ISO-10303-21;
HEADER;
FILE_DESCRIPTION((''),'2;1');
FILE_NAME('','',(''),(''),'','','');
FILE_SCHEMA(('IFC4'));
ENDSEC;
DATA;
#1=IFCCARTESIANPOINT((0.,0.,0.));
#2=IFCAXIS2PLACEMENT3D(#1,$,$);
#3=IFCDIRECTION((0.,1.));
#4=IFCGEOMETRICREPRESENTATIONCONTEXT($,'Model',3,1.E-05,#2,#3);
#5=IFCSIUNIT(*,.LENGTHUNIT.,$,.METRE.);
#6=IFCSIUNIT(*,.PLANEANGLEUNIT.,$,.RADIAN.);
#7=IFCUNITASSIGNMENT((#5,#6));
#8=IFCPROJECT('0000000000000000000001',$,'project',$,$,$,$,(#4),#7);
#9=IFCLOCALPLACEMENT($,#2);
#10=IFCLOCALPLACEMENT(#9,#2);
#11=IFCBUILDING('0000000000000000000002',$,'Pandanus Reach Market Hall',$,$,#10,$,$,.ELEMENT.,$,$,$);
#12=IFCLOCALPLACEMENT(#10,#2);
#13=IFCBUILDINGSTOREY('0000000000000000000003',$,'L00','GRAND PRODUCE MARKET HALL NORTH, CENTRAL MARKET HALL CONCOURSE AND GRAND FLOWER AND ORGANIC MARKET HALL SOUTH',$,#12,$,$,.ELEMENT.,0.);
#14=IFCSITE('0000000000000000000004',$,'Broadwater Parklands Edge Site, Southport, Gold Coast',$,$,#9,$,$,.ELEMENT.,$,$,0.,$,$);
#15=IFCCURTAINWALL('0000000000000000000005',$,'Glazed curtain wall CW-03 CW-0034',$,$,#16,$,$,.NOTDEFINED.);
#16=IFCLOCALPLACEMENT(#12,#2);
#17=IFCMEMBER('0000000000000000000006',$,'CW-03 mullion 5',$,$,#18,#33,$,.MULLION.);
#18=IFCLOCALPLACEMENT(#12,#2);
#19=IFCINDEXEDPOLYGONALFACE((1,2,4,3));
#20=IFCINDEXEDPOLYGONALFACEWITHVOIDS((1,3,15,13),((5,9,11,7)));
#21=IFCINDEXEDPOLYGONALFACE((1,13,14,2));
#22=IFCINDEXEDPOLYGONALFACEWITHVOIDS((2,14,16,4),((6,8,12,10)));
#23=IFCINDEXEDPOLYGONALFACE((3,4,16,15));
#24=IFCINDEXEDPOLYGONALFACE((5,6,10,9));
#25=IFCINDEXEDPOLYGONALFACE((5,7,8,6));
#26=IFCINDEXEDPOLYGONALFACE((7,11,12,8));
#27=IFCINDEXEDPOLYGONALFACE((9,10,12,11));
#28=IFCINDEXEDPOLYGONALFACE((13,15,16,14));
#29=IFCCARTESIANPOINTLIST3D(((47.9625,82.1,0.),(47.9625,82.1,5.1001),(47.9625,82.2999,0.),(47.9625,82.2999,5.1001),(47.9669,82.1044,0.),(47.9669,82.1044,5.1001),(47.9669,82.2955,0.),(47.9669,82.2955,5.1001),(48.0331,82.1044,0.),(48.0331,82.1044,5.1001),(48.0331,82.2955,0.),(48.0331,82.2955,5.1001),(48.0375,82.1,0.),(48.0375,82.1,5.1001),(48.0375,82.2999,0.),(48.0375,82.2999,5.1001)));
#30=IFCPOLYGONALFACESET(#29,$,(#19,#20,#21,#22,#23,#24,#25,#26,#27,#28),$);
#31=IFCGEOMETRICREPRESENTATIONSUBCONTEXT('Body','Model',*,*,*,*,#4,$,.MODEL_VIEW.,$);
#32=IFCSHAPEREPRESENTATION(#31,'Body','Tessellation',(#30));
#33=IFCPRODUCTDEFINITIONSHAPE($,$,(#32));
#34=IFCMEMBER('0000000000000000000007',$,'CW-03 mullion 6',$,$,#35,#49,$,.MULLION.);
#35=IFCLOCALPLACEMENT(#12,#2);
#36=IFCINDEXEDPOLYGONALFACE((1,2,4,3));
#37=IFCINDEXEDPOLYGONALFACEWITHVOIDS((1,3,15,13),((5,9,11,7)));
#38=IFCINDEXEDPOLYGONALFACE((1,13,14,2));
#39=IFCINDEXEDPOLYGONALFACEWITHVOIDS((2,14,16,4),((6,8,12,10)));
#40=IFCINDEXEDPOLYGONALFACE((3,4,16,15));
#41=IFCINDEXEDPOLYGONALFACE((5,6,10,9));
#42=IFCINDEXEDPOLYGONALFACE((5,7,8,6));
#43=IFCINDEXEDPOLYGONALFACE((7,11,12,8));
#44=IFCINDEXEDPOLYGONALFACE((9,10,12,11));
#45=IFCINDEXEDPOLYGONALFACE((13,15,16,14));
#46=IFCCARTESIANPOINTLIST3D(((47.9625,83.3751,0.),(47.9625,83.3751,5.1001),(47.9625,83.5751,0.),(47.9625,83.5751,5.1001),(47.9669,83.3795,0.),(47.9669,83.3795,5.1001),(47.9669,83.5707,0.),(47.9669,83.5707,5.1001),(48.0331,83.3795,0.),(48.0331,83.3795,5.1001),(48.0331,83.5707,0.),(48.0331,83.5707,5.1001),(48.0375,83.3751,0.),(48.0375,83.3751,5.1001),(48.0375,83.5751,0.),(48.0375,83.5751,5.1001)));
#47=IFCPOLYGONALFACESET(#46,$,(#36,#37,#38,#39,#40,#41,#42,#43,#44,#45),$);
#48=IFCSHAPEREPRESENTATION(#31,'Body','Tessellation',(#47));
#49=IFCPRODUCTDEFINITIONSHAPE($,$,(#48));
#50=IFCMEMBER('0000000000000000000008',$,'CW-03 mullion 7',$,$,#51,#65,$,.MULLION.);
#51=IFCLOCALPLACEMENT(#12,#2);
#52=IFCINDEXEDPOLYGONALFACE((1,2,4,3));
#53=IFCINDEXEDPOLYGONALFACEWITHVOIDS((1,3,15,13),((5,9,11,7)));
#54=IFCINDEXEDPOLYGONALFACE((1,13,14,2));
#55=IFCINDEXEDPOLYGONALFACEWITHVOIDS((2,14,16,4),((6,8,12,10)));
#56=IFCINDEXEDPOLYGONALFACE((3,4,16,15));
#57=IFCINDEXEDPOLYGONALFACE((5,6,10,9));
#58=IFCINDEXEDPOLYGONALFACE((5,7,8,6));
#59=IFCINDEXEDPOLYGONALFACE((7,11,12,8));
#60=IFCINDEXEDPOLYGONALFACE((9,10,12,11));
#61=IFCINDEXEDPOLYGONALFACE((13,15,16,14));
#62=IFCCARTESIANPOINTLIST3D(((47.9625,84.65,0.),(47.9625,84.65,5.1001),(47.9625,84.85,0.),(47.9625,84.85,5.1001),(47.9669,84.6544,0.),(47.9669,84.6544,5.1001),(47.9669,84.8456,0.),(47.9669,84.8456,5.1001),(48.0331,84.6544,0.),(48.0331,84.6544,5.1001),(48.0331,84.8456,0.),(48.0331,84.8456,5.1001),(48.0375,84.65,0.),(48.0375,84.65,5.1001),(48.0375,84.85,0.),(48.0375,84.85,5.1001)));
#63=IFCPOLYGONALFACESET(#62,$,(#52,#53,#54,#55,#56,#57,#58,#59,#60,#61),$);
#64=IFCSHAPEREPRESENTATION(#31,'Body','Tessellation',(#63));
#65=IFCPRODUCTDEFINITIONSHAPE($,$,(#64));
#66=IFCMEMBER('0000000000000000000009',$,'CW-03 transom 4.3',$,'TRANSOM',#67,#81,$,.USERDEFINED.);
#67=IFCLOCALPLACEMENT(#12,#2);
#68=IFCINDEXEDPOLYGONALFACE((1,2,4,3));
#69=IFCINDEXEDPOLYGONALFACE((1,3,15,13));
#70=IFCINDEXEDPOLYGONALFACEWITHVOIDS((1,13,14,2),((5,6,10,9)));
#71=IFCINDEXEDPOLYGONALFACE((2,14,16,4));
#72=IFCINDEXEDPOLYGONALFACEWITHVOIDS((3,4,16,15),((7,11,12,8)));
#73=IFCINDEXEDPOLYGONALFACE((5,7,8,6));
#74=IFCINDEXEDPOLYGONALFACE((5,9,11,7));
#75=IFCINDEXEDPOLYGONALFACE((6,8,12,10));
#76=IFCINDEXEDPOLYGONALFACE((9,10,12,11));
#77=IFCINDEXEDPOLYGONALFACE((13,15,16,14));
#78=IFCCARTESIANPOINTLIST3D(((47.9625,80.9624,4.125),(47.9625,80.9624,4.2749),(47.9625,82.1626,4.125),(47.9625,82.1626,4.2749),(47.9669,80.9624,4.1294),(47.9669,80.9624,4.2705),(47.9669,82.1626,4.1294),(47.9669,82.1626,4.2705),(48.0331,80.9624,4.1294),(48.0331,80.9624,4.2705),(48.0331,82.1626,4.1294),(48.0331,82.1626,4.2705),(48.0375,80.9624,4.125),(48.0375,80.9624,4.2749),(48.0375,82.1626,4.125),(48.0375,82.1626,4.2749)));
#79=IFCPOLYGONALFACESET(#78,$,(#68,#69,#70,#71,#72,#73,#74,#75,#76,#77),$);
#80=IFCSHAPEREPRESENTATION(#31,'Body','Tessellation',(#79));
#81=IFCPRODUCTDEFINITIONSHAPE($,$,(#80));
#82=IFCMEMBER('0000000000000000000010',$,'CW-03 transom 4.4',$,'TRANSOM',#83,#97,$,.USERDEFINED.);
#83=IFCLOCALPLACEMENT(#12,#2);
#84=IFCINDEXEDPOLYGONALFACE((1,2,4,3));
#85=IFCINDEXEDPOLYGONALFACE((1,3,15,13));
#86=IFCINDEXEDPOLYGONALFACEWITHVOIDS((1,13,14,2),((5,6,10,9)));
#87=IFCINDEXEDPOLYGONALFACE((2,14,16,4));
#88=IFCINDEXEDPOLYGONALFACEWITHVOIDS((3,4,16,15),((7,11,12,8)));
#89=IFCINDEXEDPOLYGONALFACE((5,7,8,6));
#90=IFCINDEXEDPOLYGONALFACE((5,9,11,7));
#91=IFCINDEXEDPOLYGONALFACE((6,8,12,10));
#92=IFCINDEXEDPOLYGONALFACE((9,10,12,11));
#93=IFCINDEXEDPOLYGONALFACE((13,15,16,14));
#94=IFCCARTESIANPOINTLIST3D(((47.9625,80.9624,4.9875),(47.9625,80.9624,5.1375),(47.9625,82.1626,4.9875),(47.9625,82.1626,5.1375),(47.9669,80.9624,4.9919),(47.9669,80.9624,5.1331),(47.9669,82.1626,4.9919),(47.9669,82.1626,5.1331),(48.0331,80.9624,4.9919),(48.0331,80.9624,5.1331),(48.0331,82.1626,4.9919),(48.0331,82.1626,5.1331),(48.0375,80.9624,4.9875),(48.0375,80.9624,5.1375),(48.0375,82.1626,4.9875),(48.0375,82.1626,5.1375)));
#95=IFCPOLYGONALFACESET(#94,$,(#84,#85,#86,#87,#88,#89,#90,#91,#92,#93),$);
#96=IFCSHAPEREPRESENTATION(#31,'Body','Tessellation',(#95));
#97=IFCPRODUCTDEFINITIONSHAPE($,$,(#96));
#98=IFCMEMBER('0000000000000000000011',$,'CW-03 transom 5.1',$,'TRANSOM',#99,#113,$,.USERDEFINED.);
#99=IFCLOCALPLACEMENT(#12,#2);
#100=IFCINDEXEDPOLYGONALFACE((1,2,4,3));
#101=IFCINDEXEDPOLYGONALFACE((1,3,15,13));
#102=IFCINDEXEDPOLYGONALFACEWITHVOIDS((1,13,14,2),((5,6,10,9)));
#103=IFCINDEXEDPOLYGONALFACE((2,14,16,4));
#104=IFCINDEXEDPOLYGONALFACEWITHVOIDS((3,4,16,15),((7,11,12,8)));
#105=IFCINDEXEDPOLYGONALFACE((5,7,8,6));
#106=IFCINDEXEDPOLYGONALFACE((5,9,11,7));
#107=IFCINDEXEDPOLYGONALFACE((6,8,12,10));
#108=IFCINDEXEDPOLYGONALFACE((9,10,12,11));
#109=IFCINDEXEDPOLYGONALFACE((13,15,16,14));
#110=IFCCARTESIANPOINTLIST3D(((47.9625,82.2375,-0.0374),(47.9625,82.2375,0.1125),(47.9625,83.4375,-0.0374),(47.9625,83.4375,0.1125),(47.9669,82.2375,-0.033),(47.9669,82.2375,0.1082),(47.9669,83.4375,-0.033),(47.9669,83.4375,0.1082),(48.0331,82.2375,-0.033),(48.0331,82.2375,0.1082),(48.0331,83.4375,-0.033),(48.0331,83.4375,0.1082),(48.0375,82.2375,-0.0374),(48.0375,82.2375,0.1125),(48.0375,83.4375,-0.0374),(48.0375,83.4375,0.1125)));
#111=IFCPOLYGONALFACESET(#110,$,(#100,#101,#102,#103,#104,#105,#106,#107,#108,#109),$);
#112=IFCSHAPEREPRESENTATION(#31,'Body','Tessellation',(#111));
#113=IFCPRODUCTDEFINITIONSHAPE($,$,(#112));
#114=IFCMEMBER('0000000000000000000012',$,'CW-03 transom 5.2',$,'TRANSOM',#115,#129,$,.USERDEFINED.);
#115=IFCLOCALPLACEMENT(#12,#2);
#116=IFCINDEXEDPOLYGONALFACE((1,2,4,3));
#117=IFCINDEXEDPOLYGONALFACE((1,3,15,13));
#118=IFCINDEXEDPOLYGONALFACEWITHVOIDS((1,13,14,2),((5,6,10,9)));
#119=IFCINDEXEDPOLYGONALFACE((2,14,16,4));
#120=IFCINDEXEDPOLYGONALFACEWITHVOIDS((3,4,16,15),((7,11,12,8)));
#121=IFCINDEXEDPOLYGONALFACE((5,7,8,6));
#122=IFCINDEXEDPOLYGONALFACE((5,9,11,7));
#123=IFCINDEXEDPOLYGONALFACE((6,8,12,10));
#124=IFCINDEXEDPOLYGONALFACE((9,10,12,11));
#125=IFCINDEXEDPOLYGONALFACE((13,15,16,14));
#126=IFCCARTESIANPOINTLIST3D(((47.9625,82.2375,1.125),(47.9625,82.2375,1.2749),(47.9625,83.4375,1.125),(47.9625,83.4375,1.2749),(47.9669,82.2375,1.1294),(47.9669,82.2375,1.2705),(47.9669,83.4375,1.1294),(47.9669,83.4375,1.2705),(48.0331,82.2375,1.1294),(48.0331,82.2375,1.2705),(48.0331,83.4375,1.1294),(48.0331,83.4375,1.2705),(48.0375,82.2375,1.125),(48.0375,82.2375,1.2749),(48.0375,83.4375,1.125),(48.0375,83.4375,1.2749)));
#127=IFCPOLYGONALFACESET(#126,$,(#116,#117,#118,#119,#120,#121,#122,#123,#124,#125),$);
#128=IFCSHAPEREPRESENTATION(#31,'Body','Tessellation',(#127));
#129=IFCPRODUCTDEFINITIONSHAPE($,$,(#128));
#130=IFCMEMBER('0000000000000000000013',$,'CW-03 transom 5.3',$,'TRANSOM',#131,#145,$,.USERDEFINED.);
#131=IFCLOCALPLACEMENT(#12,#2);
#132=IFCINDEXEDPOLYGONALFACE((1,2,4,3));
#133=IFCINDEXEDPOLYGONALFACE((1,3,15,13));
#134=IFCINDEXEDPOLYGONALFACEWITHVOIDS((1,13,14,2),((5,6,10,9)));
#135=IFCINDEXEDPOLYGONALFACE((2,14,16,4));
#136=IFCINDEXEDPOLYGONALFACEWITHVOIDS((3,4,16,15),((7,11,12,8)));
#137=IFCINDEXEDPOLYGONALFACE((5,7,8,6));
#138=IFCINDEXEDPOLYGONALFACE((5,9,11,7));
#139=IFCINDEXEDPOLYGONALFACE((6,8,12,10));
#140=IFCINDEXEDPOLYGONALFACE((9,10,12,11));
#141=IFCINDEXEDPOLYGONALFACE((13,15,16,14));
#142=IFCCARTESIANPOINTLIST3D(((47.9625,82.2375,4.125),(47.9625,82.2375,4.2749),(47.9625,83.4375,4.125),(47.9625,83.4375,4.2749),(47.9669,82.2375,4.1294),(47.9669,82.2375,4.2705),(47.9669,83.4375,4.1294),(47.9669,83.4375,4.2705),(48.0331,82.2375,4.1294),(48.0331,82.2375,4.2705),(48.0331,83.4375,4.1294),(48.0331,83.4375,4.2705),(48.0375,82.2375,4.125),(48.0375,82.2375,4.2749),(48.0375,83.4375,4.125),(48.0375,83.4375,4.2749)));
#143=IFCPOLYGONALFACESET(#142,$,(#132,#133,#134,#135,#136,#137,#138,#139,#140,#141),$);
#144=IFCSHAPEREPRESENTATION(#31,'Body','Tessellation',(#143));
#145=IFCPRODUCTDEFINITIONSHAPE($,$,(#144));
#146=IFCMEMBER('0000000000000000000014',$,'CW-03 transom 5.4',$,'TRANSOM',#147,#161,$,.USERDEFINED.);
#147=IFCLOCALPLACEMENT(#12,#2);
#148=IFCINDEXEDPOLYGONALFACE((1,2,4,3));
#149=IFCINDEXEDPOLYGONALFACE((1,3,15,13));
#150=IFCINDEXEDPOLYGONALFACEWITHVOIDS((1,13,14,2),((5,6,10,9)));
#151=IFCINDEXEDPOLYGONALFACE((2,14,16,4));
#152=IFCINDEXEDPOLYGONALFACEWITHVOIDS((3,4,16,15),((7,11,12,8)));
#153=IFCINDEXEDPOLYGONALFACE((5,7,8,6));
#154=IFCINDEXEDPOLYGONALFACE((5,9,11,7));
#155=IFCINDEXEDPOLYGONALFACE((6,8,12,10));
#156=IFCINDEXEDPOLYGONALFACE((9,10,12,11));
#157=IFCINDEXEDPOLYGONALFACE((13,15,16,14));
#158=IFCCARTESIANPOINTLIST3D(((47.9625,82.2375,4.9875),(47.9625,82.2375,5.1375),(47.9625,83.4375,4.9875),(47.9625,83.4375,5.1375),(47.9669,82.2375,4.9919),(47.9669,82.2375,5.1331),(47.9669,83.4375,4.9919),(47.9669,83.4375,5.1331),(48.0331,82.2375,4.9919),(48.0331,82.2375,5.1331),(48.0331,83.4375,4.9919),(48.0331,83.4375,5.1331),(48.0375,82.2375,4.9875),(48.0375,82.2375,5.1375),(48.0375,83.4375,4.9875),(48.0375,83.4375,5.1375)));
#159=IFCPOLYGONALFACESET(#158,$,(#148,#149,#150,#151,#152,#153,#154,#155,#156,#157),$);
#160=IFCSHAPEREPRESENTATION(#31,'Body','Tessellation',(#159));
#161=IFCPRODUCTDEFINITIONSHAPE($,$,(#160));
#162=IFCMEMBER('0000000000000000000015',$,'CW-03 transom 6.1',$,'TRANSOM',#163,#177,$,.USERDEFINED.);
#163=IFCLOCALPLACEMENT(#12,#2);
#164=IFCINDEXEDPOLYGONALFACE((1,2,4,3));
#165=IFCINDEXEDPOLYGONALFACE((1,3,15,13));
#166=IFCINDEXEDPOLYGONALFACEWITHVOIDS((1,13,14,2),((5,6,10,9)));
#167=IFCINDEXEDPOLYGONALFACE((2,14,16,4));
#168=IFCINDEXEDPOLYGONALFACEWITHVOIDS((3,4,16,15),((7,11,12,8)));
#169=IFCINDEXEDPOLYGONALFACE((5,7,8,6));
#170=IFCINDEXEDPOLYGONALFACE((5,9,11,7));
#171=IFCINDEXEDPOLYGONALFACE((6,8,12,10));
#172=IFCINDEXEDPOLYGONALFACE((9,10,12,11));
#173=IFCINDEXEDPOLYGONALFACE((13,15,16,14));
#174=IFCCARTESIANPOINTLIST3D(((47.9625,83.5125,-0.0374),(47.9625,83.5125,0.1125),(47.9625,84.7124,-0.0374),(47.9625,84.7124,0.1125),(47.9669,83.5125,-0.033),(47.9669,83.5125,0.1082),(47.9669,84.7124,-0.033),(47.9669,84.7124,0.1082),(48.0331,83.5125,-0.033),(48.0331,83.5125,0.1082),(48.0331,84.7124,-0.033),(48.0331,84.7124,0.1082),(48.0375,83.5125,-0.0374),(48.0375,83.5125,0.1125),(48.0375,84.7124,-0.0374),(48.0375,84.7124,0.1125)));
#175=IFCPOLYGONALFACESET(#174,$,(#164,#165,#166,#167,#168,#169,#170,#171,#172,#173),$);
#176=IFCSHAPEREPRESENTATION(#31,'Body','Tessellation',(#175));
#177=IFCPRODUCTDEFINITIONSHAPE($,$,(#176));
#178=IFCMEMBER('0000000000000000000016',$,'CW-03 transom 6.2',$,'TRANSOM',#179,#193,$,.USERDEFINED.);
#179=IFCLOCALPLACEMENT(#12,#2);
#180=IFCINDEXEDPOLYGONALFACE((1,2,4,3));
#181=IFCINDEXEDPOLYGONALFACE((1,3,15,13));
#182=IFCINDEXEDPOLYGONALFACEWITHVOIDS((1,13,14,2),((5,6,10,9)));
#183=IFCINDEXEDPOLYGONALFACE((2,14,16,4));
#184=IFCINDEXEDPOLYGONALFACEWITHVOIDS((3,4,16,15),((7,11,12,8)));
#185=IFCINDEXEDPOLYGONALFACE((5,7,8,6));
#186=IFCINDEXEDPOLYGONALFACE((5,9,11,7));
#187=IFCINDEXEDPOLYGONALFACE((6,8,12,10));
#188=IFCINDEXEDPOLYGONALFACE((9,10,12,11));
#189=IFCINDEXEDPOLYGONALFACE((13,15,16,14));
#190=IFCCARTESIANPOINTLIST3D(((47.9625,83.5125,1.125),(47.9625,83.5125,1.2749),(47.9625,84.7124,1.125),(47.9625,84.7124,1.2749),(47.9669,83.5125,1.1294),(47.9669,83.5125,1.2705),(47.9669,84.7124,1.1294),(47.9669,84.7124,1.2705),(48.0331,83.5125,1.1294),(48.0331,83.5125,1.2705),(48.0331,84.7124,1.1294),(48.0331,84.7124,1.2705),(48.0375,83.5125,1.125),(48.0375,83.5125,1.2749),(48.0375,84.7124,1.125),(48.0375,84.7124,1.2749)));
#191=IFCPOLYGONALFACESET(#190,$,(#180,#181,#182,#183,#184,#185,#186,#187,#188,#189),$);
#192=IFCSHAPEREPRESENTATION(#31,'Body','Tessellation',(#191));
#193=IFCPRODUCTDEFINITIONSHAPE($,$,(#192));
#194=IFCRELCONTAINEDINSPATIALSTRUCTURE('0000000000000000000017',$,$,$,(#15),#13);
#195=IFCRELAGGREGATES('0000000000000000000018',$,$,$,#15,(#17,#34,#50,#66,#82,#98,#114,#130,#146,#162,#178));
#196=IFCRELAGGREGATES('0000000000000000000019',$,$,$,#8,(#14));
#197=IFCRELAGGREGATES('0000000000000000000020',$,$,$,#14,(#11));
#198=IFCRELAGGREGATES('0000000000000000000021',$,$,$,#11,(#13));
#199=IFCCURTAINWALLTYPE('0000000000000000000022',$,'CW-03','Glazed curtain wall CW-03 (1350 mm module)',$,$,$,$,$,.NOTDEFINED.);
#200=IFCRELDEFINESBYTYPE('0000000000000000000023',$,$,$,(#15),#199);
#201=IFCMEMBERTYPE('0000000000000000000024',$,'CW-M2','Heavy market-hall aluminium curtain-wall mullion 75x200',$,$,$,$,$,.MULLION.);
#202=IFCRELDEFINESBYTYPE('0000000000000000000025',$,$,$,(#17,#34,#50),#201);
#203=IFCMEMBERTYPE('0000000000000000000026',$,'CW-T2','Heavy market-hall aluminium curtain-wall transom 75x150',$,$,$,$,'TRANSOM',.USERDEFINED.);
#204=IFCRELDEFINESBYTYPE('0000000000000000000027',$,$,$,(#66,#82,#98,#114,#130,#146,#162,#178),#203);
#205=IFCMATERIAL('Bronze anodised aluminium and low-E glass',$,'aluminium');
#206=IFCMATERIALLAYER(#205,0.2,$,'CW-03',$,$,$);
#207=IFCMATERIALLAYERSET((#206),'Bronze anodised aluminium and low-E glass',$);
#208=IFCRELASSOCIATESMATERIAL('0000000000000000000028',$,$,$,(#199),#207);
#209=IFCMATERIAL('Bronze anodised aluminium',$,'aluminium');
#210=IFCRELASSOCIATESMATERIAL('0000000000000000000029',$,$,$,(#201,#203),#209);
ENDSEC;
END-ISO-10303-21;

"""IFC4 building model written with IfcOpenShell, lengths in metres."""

from ifc_helpers import new_model, si_unit, direction, frame, origin, origin_2d, place, context, subcontext, project, spatial, hollow_rectangle, extrude, material, layer, layer_set, material_profile, profile_set, type_object, element, aggregate, save


model = new_model("IFC4")

# Units and contexts
model_context = context("Model", 3, precision=1e-05, world=origin(), true_north=direction((0.0, 1.0)))
body_context = subcontext(model_context, "Body", "Model", "MODEL_VIEW")
ifc_project = project(units=[si_unit("LENGTHUNIT", "METRE"), si_unit("PLANEANGLEUNIT", "RADIAN")], contexts=[model_context])

# Site, building, storey
site_placement = place(None, origin())
site = spatial("IfcSite", under=ifc_project, at=site_placement, Name="Broadwater Parklands Edge Site, Southport, Gold Coast", CompositionType="ELEMENT", RefElevation=0.0)
building_placement = place(site_placement, origin())
building = spatial("IfcBuilding", under=site, at=building_placement, Name="Pandanus Reach Market Hall", CompositionType="ELEMENT")
storey_placement = place(building_placement, origin())
storey = spatial("IfcBuildingStorey", under=building, at=storey_placement, Name="L00", Description="GRAND PRODUCE MARKET HALL NORTH, CENTRAL MARKET HALL CONCOURSE AND GRAND FLOWER AND ORGANIC MARKET HALL SOUTH", CompositionType="ELEMENT", Elevation=0.0)

# Curtain wall, members
ifc_material_1 = material(Name="Bronze anodised aluminium and low-E glass", Category="aluminium")
ifc_layer_1 = layer(ifc_material_1, 0.2, Name="CW-03")
ifc_layer_set_1 = layer_set([ifc_layer_1], Name="Bronze anodised aluminium and low-E glass")
curtain_wall_type = type_object("IfcCurtainWallType", Name="CW-03", Description="Glazed curtain wall CW-03 (1350 mm module)", PredefinedType="NOTDEFINED", material=ifc_layer_set_1)
curtain_wall_placement = place(storey_placement, origin())
curtain_wall = element("IfcCurtainWall", 1, at=curtain_wall_placement, inside=storey, type_object=curtain_wall_type, Name="Glazed curtain wall CW-03 CW-0034", PredefinedType="NOTDEFINED")
ifc_material_2 = material(Name="Bronze anodised aluminium", Category="aluminium")
ifc_material_profile_1 = material_profile(ifc_material_2, hollow_rectangle(XDim=0.075, YDim=0.2, WallThickness=0.0044, at=origin_2d()), Name="ALU75x200", Category="LoadBearing")
ifc_profile_set_1 = profile_set([ifc_material_profile_1], Name="Bronze anodised aluminium")
member_type_1 = type_object("IfcMemberType", Name="CW-M2", Description="Heavy market-hall aluminium curtain-wall mullion 75x200", PredefinedType="MULLION", material=ifc_profile_set_1)
member_1_placement = place(storey_placement, frame((48.0, 82.2, 0.0), z_axis=(0.0, 0.0, 1.0), x_axis=(-1.0, 0.0, 0.0)))
member_1 = element("IfcMember", 2, at=member_1_placement, type_object=member_type_1, Name="CW-03 mullion 5", PredefinedType="MULLION", context=body_context, shape_type="SweptSolid", body=[
    extrude(hollow_rectangle(XDim=0.075, YDim=0.2, WallThickness=0.0044, at=origin_2d()), origin(), (0.0, 0.0, 1.0), 5.1001),
])
member_2_placement = place(storey_placement, frame((48.0, 83.4751, 0.0), z_axis=(0.0, 0.0, 1.0), x_axis=(-1.0, 0.0, 0.0)))
member_2 = element("IfcMember", 3, at=member_2_placement, type_object=member_type_1, Name="CW-03 mullion 6", PredefinedType="MULLION", context=body_context, shape_type="SweptSolid", body=[
    extrude(hollow_rectangle(XDim=0.075, YDim=0.2, WallThickness=0.0044, at=origin_2d()), origin(), (0.0, 0.0, 1.0), 5.1001),
])
member_3_placement = place(storey_placement, frame((48.0, 84.75, 0.0), z_axis=(0.0, 0.0, 1.0), x_axis=(-1.0, 0.0, 0.0)))
member_3 = element("IfcMember", 4, at=member_3_placement, type_object=member_type_1, Name="CW-03 mullion 7", PredefinedType="MULLION", context=body_context, shape_type="SweptSolid", body=[
    extrude(hollow_rectangle(XDim=0.075, YDim=0.2, WallThickness=0.0044, at=origin_2d()), origin(), (0.0, 0.0, 1.0), 5.1001),
])
ifc_material_profile_2 = material_profile(ifc_material_2, hollow_rectangle(XDim=0.075, YDim=0.1499, WallThickness=0.0044, at=origin_2d()), Name="ALU75x150", Category="LoadBearing")
ifc_profile_set_2 = profile_set([ifc_material_profile_2], Name="Bronze anodised aluminium")
member_type_2 = type_object("IfcMemberType", Name="CW-T2", Description="Heavy market-hall aluminium curtain-wall transom 75x150", ElementType="TRANSOM", PredefinedType="USERDEFINED", material=ifc_profile_set_2)
member_4_placement = place(storey_placement, frame((48.0, 80.9624, 4.2), z_axis=(0.0, 1.0, 0.0), x_axis=(-1.0, 0.0, 0.0)))
member_4 = element("IfcMember", 5, at=member_4_placement, type_object=member_type_2, Name="CW-03 transom 4.3", ObjectType="TRANSOM", PredefinedType="USERDEFINED", context=body_context, shape_type="SweptSolid", body=[
    extrude(hollow_rectangle(XDim=0.075, YDim=0.1499, WallThickness=0.0044, at=origin_2d()), origin(), (0.0, 0.0, 1.0), 1.2002),
])
member_5_placement = place(storey_placement, frame((48.0, 80.9624, 5.0625), z_axis=(0.0, 1.0, 0.0), x_axis=(-1.0, 0.0, 0.0)))
member_5 = element("IfcMember", 6, at=member_5_placement, type_object=member_type_2, Name="CW-03 transom 4.4", ObjectType="TRANSOM", PredefinedType="USERDEFINED", context=body_context, shape_type="SweptSolid", body=[
    extrude(hollow_rectangle(XDim=0.075, YDim=0.1499, WallThickness=0.0044, at=origin_2d()), origin(), (0.0, 0.0, 1.0), 1.2002),
])
member_6_placement = place(storey_placement, frame((48.0, 82.2375, 0.0376), z_axis=(0.0, 1.0, 0.0), x_axis=(-1.0, 0.0, 0.0)))
member_6 = element("IfcMember", 7, at=member_6_placement, type_object=member_type_2, Name="CW-03 transom 5.1", ObjectType="TRANSOM", PredefinedType="USERDEFINED", context=body_context, shape_type="SweptSolid", body=[
    extrude(hollow_rectangle(XDim=0.075, YDim=0.1499, WallThickness=0.0044, at=origin_2d()), origin(), (0.0, 0.0, 1.0), 1.2),
])
member_7_placement = place(storey_placement, frame((48.0, 82.2375, 1.2), z_axis=(0.0, 1.0, 0.0), x_axis=(-1.0, 0.0, 0.0)))
member_7 = element("IfcMember", 8, at=member_7_placement, type_object=member_type_2, Name="CW-03 transom 5.2", ObjectType="TRANSOM", PredefinedType="USERDEFINED", context=body_context, shape_type="SweptSolid", body=[
    extrude(hollow_rectangle(XDim=0.075, YDim=0.1499, WallThickness=0.0044, at=origin_2d()), origin(), (0.0, 0.0, 1.0), 1.2),
])
member_8_placement = place(storey_placement, frame((48.0, 82.2375, 4.2), z_axis=(0.0, 1.0, 0.0), x_axis=(-1.0, 0.0, 0.0)))
member_8 = element("IfcMember", 9, at=member_8_placement, type_object=member_type_2, Name="CW-03 transom 5.3", ObjectType="TRANSOM", PredefinedType="USERDEFINED", context=body_context, shape_type="SweptSolid", body=[
    extrude(hollow_rectangle(XDim=0.075, YDim=0.1499, WallThickness=0.0044, at=origin_2d()), origin(), (0.0, 0.0, 1.0), 1.2),
])
member_9_placement = place(storey_placement, frame((48.0, 82.2375, 5.0625), z_axis=(0.0, 1.0, 0.0), x_axis=(-1.0, 0.0, 0.0)))
member_9 = element("IfcMember", 10, at=member_9_placement, type_object=member_type_2, Name="CW-03 transom 5.4", ObjectType="TRANSOM", PredefinedType="USERDEFINED", context=body_context, shape_type="SweptSolid", body=[
    extrude(hollow_rectangle(XDim=0.075, YDim=0.1499, WallThickness=0.0044, at=origin_2d()), origin(), (0.0, 0.0, 1.0), 1.2),
])
member_10_placement = place(storey_placement, frame((48.0, 83.5125, 0.0376), z_axis=(0.0, 1.0, 0.0), x_axis=(-1.0, 0.0, 0.0)))
member_10 = element("IfcMember", 11, at=member_10_placement, type_object=member_type_2, Name="CW-03 transom 6.1", ObjectType="TRANSOM", PredefinedType="USERDEFINED", context=body_context, shape_type="SweptSolid", body=[
    extrude(hollow_rectangle(XDim=0.075, YDim=0.1499, WallThickness=0.0044, at=origin_2d()), origin(), (0.0, 0.0, 1.0), 1.2),
])
member_11_placement = place(storey_placement, frame((48.0, 83.5125, 1.2), z_axis=(0.0, 1.0, 0.0), x_axis=(-1.0, 0.0, 0.0)))
member_11 = element("IfcMember", 12, at=member_11_placement, type_object=member_type_2, Name="CW-03 transom 6.2", ObjectType="TRANSOM", PredefinedType="USERDEFINED", context=body_context, shape_type="SweptSolid", body=[
    extrude(hollow_rectangle(XDim=0.075, YDim=0.1499, WallThickness=0.0044, at=origin_2d()), origin(), (0.0, 0.0, 1.0), 1.2),
])
aggregate(curtain_wall, [member_1, member_2, member_3, member_4, member_5, member_6, member_7, member_8, member_9, member_10, member_11])

save(model, "model.ifc")
